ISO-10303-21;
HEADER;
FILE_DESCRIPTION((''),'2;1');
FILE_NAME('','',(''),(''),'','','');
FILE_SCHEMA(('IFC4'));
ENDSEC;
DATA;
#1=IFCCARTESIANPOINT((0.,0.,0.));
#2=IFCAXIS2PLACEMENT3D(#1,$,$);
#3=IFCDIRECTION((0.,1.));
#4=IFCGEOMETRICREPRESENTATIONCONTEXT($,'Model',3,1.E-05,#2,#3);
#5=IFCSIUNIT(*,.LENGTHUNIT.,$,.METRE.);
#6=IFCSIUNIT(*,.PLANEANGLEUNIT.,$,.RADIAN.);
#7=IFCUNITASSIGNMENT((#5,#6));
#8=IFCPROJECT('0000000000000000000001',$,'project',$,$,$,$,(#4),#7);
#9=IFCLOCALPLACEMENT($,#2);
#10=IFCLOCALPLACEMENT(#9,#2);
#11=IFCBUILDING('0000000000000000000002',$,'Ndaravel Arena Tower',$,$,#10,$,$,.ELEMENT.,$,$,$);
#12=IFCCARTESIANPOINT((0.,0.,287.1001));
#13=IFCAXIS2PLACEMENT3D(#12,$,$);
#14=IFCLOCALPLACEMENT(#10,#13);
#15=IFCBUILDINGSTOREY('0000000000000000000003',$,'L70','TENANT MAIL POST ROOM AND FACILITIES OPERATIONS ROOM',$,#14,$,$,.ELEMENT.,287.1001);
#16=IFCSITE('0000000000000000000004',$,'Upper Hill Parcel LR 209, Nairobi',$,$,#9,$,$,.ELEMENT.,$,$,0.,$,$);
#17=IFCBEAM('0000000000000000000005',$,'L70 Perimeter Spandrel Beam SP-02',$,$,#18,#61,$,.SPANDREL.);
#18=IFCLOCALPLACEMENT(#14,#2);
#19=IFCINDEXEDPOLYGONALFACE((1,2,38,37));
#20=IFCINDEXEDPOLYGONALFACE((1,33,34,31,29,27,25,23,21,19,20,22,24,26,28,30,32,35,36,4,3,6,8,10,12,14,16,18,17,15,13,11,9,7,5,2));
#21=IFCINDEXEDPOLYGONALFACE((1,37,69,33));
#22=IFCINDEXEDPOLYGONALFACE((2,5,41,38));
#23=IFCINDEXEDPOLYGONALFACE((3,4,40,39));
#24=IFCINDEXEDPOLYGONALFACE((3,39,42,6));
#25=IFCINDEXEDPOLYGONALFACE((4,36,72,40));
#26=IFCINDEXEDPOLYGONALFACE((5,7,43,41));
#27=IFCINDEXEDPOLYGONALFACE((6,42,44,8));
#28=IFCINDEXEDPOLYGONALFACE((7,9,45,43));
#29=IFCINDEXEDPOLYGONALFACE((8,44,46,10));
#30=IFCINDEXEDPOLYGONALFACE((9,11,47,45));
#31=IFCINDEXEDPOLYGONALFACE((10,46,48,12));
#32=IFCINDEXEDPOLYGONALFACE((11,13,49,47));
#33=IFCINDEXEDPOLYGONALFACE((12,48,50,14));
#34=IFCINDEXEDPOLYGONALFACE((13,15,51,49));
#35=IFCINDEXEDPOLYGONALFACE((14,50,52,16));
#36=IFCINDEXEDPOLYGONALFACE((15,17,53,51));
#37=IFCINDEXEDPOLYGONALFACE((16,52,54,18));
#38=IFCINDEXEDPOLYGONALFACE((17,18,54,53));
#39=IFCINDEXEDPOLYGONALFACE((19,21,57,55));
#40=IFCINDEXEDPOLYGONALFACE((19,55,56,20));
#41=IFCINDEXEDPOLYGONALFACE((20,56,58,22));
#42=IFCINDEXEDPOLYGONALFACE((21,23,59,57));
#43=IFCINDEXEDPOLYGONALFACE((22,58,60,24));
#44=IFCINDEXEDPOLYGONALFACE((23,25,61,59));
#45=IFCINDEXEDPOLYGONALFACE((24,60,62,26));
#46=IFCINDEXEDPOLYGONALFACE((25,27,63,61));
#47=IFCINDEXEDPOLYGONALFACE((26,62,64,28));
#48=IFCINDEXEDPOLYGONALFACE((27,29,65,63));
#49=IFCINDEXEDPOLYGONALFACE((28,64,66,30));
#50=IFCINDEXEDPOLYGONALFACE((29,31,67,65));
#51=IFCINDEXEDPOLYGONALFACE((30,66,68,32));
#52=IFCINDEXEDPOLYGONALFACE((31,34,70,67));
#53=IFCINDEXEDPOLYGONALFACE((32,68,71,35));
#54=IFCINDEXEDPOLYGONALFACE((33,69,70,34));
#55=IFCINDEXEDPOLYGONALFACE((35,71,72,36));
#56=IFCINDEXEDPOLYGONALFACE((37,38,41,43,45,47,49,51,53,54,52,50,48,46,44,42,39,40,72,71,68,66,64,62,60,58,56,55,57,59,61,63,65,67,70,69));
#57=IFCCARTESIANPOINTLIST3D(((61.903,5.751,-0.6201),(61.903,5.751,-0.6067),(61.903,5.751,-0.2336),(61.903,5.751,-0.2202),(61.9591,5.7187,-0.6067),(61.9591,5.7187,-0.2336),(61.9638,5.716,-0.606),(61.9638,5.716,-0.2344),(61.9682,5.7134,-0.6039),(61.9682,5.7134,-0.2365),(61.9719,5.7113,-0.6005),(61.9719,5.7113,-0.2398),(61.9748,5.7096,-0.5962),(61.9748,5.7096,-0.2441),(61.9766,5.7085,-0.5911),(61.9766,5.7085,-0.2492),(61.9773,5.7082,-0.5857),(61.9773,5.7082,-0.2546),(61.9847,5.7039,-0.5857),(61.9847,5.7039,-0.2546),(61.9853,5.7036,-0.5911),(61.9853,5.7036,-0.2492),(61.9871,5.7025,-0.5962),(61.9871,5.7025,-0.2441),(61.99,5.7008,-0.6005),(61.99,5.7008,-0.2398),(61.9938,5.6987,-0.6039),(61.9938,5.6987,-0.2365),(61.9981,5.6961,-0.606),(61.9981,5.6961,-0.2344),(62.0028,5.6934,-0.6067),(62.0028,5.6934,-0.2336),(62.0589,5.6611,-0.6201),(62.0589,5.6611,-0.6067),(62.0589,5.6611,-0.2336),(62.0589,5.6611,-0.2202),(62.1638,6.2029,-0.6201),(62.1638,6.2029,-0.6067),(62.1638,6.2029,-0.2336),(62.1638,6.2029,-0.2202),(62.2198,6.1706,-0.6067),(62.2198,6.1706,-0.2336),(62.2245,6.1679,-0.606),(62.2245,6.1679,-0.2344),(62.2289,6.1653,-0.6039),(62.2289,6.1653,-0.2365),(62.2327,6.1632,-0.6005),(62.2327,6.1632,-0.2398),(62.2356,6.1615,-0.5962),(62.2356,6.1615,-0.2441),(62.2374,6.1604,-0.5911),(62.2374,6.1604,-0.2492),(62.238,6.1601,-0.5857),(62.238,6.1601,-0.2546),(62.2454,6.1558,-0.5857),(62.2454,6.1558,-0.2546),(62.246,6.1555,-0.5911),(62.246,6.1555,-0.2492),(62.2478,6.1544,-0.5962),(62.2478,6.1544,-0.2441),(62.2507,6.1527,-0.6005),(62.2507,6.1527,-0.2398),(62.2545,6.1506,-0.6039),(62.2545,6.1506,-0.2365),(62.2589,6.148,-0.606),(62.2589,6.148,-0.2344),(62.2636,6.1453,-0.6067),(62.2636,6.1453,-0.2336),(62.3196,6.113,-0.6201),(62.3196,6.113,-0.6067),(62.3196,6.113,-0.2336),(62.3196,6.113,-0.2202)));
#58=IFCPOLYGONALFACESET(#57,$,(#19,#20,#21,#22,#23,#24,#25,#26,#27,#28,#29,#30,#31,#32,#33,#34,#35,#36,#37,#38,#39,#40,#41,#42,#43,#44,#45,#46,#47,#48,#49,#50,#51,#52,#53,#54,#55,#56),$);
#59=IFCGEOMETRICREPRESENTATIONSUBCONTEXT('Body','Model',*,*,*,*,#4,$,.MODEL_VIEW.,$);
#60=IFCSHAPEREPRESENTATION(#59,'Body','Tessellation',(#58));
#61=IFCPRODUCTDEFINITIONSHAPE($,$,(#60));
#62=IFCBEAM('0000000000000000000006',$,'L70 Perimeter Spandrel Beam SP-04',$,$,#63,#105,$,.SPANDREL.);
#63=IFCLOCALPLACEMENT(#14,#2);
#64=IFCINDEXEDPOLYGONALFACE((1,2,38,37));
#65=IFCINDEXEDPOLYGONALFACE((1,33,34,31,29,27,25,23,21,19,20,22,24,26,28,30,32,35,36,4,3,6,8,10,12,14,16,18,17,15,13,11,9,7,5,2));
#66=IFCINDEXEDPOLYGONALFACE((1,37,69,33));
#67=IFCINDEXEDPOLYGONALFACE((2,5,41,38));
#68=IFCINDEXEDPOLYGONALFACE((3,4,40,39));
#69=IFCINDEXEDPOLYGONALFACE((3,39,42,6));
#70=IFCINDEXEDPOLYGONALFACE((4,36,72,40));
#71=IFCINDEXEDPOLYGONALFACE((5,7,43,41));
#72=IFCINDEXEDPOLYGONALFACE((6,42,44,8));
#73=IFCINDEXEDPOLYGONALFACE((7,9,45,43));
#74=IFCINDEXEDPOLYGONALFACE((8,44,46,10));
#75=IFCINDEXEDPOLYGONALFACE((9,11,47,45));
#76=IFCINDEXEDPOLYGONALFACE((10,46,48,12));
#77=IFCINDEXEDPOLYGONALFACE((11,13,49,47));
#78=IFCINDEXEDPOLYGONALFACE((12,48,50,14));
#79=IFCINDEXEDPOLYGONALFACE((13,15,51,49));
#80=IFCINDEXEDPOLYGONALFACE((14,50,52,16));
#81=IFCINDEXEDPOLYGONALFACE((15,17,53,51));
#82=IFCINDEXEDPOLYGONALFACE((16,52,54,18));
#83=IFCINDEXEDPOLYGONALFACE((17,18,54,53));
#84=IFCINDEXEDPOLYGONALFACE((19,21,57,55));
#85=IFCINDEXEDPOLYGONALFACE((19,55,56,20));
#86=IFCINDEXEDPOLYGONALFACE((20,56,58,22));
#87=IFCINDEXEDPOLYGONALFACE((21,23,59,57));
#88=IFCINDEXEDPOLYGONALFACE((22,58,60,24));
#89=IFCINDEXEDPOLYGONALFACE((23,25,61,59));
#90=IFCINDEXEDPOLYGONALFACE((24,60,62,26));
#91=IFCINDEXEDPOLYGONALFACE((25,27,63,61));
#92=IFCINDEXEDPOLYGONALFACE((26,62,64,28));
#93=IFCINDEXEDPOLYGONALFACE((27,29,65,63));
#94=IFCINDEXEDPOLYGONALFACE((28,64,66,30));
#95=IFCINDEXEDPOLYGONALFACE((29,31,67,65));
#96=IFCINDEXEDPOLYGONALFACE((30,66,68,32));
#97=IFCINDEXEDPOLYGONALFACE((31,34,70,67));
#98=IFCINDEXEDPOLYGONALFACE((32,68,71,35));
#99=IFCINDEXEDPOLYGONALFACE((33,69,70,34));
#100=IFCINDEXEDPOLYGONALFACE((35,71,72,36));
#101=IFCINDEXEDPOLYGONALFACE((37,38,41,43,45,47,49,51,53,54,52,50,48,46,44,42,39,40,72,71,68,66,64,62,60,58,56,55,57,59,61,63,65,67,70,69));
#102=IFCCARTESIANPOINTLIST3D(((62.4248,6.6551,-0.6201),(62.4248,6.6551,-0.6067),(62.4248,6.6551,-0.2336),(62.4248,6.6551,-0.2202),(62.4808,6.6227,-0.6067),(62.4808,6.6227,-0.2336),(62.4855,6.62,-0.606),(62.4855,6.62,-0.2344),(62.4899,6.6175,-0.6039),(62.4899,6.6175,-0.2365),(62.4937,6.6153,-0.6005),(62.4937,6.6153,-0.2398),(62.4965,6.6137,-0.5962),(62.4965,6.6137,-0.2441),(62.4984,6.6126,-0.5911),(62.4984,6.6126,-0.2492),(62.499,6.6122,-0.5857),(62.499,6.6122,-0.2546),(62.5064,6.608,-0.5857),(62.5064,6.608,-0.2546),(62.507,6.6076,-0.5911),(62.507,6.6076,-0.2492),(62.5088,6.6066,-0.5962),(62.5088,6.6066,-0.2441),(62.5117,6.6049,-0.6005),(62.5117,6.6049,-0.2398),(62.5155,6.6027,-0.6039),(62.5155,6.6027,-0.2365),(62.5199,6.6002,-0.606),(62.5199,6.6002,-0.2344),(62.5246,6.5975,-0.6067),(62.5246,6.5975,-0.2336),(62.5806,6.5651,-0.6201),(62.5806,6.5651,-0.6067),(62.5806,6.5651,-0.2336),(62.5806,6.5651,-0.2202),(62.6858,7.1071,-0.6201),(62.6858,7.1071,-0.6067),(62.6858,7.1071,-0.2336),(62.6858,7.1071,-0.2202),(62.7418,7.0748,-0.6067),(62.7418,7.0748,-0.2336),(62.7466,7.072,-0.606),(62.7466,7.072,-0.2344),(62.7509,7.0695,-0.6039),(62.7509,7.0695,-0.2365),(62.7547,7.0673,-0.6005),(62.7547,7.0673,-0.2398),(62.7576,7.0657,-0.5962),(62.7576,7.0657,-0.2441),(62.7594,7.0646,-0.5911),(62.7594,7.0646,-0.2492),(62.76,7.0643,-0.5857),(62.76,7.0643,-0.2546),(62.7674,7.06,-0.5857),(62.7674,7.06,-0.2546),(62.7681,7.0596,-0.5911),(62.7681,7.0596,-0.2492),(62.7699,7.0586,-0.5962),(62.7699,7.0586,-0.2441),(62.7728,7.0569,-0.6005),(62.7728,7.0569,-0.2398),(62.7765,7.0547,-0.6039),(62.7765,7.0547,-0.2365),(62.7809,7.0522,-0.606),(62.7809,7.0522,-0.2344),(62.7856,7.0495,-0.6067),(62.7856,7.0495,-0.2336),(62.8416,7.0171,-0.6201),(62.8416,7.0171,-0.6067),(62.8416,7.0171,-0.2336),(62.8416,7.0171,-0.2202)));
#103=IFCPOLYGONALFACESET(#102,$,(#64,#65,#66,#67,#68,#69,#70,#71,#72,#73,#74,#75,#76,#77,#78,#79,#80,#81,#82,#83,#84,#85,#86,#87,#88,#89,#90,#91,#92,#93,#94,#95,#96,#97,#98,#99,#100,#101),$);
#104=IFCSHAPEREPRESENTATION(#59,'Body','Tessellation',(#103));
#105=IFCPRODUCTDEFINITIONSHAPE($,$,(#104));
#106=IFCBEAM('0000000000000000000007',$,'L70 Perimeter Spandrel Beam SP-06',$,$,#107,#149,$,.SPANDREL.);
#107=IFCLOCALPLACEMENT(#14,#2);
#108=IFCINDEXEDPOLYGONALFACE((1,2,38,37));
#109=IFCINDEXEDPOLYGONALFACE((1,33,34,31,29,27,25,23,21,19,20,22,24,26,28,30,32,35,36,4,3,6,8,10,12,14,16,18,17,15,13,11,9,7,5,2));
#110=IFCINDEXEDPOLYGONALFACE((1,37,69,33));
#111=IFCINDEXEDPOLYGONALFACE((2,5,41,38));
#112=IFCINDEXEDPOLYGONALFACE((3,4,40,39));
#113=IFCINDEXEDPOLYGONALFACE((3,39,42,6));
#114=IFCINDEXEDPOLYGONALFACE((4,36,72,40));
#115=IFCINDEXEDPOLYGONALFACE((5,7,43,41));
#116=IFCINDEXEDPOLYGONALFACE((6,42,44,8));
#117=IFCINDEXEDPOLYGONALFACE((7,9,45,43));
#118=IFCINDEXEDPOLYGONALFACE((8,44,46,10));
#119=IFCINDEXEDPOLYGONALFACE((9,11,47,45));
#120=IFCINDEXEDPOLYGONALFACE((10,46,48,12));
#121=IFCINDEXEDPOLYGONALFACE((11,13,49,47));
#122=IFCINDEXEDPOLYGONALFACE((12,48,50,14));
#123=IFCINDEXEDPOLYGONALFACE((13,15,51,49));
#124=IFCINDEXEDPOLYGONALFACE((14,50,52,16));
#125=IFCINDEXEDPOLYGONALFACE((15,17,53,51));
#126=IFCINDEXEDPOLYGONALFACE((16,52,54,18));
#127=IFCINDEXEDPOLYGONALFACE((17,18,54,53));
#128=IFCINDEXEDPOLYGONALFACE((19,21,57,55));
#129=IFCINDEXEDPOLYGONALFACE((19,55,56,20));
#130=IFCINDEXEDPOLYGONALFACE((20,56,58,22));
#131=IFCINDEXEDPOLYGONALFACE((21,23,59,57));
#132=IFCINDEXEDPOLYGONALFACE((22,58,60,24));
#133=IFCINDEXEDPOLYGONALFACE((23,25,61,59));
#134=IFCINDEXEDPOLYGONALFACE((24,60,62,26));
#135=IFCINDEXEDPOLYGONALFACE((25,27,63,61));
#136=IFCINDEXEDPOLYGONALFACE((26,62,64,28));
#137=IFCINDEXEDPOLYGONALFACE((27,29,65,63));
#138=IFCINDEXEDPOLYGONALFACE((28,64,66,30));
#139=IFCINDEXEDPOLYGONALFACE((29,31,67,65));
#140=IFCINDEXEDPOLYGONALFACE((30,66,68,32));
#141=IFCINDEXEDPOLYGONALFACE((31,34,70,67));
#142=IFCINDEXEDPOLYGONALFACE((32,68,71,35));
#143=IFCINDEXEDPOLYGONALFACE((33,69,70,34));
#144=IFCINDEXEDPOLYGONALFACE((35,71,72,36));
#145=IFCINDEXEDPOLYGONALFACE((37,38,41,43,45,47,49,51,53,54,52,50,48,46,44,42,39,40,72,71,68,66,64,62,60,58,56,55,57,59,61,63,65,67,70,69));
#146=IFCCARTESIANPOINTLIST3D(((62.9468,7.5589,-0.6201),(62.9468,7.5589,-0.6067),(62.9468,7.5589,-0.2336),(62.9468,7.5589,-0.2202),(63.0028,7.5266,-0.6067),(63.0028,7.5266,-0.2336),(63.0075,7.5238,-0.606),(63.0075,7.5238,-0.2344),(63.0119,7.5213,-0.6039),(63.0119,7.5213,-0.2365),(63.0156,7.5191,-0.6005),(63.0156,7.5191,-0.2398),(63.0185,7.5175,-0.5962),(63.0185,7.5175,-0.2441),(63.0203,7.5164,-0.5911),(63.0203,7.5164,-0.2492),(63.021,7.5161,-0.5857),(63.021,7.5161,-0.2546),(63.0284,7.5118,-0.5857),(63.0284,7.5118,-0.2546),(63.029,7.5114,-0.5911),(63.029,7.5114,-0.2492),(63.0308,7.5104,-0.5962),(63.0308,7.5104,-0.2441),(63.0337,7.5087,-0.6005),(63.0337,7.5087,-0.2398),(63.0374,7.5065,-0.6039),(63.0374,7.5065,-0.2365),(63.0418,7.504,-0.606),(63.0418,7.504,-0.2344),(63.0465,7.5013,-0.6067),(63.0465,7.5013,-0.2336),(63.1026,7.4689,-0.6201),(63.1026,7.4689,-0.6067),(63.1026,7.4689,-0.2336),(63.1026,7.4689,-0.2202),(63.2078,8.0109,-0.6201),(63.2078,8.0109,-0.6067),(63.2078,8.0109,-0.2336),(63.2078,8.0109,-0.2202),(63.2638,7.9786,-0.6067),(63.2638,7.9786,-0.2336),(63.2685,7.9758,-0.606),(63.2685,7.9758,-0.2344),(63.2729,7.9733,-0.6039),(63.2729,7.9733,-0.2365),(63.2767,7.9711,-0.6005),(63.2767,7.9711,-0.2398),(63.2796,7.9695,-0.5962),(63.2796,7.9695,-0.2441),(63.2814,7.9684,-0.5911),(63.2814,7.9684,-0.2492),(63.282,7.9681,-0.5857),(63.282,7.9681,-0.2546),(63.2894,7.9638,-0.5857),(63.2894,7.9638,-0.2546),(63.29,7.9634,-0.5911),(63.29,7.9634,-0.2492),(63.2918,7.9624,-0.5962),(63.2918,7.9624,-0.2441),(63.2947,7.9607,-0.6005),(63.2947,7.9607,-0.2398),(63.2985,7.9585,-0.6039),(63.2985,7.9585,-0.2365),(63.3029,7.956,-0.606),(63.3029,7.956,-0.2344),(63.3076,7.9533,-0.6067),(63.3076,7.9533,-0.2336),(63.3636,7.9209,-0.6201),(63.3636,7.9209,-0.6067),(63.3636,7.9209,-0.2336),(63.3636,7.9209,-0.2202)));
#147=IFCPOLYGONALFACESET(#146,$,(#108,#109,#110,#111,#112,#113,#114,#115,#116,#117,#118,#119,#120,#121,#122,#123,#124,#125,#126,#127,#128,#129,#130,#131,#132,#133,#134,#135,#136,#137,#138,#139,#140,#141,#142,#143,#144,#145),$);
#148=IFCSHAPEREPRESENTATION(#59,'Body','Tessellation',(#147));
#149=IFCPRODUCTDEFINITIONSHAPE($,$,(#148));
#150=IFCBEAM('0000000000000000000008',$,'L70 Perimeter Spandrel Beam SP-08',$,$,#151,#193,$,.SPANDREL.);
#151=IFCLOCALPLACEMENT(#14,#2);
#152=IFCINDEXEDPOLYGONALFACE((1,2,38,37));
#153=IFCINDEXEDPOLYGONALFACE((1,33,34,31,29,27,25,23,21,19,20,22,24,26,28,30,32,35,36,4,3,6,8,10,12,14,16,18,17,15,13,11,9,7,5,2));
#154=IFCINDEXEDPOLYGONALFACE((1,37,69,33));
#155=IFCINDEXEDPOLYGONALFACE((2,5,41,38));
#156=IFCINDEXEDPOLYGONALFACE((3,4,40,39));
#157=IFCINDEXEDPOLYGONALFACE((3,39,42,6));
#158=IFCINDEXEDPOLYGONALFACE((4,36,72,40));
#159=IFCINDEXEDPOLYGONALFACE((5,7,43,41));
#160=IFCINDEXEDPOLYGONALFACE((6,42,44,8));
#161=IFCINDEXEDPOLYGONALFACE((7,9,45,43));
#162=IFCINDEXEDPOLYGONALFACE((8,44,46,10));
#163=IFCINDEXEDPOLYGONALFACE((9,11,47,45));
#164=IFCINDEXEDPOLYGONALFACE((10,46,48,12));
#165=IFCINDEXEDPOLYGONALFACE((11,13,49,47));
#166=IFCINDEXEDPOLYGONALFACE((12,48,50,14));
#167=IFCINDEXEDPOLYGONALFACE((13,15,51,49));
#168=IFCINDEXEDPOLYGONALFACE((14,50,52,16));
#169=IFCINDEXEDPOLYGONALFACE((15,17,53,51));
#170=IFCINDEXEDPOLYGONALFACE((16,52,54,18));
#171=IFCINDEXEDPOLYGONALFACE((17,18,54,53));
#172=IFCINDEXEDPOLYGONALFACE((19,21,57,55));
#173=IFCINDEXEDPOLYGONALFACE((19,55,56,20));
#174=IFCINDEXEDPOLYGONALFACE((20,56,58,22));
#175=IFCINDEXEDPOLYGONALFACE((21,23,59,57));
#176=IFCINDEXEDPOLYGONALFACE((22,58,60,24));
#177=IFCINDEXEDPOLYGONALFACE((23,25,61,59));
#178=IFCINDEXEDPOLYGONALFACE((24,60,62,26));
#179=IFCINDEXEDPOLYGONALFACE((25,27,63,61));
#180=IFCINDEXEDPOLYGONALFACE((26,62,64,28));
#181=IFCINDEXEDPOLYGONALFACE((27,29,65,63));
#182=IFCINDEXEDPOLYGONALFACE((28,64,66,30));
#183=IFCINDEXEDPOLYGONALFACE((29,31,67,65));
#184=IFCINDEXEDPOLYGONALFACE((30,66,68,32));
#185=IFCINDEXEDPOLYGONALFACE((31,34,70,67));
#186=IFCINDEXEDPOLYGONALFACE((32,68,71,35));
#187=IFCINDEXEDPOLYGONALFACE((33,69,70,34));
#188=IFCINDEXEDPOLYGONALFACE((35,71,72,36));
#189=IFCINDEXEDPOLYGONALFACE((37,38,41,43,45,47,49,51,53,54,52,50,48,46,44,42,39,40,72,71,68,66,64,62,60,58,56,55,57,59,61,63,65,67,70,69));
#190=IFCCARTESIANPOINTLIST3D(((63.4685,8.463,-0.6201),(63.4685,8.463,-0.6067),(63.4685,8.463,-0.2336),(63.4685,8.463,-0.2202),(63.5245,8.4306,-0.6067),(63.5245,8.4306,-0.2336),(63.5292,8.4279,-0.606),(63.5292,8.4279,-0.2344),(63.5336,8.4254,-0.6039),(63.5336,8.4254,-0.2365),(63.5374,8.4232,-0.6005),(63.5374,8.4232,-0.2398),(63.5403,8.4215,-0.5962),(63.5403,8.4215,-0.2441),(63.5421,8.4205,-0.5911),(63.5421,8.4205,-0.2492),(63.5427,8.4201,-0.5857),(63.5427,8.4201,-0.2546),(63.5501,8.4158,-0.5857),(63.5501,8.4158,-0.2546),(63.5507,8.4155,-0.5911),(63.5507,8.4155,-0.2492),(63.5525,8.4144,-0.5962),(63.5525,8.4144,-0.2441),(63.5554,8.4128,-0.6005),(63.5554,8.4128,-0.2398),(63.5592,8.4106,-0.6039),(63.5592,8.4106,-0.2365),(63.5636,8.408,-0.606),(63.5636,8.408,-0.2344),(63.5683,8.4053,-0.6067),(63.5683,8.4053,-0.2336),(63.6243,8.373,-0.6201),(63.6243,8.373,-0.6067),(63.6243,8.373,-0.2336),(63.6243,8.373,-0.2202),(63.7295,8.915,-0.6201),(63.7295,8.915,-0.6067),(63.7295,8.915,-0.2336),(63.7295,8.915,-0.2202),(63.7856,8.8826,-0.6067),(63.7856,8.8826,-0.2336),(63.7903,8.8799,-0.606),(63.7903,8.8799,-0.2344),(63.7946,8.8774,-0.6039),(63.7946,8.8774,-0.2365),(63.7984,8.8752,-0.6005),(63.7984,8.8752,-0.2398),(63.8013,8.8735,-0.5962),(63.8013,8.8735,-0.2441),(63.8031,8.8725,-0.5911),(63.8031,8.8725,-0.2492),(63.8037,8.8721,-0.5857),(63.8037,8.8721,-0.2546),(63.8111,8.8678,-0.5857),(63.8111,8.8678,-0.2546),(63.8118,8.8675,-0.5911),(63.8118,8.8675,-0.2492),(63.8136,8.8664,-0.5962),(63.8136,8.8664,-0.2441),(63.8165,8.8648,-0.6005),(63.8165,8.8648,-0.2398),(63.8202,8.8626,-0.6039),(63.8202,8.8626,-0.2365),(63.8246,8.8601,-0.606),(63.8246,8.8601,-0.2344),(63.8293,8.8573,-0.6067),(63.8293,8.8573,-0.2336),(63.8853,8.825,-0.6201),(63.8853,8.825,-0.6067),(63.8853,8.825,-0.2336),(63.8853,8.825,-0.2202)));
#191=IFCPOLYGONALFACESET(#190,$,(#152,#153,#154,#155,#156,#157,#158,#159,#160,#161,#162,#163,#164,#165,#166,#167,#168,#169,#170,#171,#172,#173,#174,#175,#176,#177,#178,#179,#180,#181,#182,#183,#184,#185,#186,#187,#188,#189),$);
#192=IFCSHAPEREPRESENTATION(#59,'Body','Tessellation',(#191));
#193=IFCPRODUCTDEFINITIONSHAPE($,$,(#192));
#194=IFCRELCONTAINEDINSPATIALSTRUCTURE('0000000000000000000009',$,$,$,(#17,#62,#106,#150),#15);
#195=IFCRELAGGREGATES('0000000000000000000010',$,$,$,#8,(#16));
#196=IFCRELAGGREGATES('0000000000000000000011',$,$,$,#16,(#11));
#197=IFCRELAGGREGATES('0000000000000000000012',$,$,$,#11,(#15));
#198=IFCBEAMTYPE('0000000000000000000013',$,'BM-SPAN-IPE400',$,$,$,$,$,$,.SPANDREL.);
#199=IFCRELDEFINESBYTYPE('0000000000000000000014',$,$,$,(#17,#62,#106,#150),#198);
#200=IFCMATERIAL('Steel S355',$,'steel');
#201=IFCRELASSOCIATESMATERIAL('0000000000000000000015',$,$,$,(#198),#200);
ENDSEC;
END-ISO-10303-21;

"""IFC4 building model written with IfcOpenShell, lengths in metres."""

from ifc_helpers import new_model, si_unit, direction, frame, origin, origin_2d, place, context, subcontext, project, spatial, i_section, extrude, material, material_profile, profile_set, type_object, element, save


model = new_model("IFC4")

# Units and contexts
model_context = context("Model", 3, precision=1e-05, world=origin(), true_north=direction((0.0, 1.0)))
body_context = subcontext(model_context, "Body", "Model", "MODEL_VIEW")
ifc_project = project(units=[si_unit("LENGTHUNIT", "METRE"), si_unit("PLANEANGLEUNIT", "RADIAN")], contexts=[model_context])

# Site, building, storey
site_placement = place(None, origin())
site = spatial("IfcSite", under=ifc_project, at=site_placement, Name="Upper Hill Parcel LR 209, Nairobi", CompositionType="ELEMENT", RefElevation=0.0)
building_placement = place(site_placement, origin())
building = spatial("IfcBuilding", under=site, at=building_placement, Name="Ndaravel Arena Tower", CompositionType="ELEMENT")
storey_placement = place(building_placement, frame((0.0, 0.0, 287.1001)))
storey = spatial("IfcBuildingStorey", under=building, at=storey_placement, Name="L70", Description="TENANT MAIL POST ROOM AND FACILITIES OPERATIONS ROOM", CompositionType="ELEMENT", Elevation=287.1001)

# Beams
ifc_material_1 = material(Name="Steel S355", Category="steel")
ifc_material_profile_1 = material_profile(ifc_material_1, i_section(OverallWidth=0.1799, OverallDepth=0.3999, WebThickness=0.0085, FlangeThickness=0.0134, FilletRadius=0.021, at=origin_2d()), Name="IPE 400")
ifc_profile_set_1 = profile_set([ifc_material_profile_1], Name="Steel S355")
beam_type = type_object("IfcBeamType", Name="BM-SPAN-IPE400", PredefinedType="SPANDREL", material=ifc_profile_set_1)
beam_1_placement = place(storey_placement, frame((61.981, 5.7061, -0.4202), z_axis=(0.499763, 0.866162, 0.0), x_axis=(-0.866162, 0.499763, 0.0)))
element("IfcBeam", 1, at=beam_1_placement, inside=storey, type_object=beam_type, Name="L70 Perimeter Spandrel Beam SP-02", PredefinedType="SPANDREL", context=body_context, shape_type="SweptSolid", body=[
    extrude(i_section(OverallWidth=0.1799, OverallDepth=0.3999, WebThickness=0.0085, FlangeThickness=0.0134, FilletRadius=0.021, at=origin_2d()), origin(), (0.0, 0.0, 1.0), 0.5217),
])
for number, where, z_axis, x_axis, name in (
    (2, (62.5027, 6.6101, -0.4202), (0.500114, 0.86596, 0.0), (-0.86596, 0.500114, 0.0), "L70 Perimeter Spandrel Beam SP-04"),
    (3, (63.0247, 7.5139, -0.4202), (0.500114, 0.86596, 0.0), (-0.86596, 0.500114, 0.0), "L70 Perimeter Spandrel Beam SP-06"),
    (4, (63.5464, 8.418, -0.4202), (0.500114, 0.86596, 0.0), (-0.86596, 0.500114, 0.0), "L70 Perimeter Spandrel Beam SP-08"),
):
    element("IfcBeam", number, at=place(storey_placement, frame(where, z_axis=z_axis, x_axis=x_axis)), inside=storey, type_object=beam_type, Name=name, PredefinedType="SPANDREL", context=body_context, shape_type="SweptSolid", body=[
        extrude(i_section(OverallWidth=0.1799, OverallDepth=0.3999, WebThickness=0.0085, FlangeThickness=0.0134, FilletRadius=0.021, at=origin_2d()), origin(), (0.0, 0.0, 1.0), 0.522),
    ])

save(model, "model.ifc")
